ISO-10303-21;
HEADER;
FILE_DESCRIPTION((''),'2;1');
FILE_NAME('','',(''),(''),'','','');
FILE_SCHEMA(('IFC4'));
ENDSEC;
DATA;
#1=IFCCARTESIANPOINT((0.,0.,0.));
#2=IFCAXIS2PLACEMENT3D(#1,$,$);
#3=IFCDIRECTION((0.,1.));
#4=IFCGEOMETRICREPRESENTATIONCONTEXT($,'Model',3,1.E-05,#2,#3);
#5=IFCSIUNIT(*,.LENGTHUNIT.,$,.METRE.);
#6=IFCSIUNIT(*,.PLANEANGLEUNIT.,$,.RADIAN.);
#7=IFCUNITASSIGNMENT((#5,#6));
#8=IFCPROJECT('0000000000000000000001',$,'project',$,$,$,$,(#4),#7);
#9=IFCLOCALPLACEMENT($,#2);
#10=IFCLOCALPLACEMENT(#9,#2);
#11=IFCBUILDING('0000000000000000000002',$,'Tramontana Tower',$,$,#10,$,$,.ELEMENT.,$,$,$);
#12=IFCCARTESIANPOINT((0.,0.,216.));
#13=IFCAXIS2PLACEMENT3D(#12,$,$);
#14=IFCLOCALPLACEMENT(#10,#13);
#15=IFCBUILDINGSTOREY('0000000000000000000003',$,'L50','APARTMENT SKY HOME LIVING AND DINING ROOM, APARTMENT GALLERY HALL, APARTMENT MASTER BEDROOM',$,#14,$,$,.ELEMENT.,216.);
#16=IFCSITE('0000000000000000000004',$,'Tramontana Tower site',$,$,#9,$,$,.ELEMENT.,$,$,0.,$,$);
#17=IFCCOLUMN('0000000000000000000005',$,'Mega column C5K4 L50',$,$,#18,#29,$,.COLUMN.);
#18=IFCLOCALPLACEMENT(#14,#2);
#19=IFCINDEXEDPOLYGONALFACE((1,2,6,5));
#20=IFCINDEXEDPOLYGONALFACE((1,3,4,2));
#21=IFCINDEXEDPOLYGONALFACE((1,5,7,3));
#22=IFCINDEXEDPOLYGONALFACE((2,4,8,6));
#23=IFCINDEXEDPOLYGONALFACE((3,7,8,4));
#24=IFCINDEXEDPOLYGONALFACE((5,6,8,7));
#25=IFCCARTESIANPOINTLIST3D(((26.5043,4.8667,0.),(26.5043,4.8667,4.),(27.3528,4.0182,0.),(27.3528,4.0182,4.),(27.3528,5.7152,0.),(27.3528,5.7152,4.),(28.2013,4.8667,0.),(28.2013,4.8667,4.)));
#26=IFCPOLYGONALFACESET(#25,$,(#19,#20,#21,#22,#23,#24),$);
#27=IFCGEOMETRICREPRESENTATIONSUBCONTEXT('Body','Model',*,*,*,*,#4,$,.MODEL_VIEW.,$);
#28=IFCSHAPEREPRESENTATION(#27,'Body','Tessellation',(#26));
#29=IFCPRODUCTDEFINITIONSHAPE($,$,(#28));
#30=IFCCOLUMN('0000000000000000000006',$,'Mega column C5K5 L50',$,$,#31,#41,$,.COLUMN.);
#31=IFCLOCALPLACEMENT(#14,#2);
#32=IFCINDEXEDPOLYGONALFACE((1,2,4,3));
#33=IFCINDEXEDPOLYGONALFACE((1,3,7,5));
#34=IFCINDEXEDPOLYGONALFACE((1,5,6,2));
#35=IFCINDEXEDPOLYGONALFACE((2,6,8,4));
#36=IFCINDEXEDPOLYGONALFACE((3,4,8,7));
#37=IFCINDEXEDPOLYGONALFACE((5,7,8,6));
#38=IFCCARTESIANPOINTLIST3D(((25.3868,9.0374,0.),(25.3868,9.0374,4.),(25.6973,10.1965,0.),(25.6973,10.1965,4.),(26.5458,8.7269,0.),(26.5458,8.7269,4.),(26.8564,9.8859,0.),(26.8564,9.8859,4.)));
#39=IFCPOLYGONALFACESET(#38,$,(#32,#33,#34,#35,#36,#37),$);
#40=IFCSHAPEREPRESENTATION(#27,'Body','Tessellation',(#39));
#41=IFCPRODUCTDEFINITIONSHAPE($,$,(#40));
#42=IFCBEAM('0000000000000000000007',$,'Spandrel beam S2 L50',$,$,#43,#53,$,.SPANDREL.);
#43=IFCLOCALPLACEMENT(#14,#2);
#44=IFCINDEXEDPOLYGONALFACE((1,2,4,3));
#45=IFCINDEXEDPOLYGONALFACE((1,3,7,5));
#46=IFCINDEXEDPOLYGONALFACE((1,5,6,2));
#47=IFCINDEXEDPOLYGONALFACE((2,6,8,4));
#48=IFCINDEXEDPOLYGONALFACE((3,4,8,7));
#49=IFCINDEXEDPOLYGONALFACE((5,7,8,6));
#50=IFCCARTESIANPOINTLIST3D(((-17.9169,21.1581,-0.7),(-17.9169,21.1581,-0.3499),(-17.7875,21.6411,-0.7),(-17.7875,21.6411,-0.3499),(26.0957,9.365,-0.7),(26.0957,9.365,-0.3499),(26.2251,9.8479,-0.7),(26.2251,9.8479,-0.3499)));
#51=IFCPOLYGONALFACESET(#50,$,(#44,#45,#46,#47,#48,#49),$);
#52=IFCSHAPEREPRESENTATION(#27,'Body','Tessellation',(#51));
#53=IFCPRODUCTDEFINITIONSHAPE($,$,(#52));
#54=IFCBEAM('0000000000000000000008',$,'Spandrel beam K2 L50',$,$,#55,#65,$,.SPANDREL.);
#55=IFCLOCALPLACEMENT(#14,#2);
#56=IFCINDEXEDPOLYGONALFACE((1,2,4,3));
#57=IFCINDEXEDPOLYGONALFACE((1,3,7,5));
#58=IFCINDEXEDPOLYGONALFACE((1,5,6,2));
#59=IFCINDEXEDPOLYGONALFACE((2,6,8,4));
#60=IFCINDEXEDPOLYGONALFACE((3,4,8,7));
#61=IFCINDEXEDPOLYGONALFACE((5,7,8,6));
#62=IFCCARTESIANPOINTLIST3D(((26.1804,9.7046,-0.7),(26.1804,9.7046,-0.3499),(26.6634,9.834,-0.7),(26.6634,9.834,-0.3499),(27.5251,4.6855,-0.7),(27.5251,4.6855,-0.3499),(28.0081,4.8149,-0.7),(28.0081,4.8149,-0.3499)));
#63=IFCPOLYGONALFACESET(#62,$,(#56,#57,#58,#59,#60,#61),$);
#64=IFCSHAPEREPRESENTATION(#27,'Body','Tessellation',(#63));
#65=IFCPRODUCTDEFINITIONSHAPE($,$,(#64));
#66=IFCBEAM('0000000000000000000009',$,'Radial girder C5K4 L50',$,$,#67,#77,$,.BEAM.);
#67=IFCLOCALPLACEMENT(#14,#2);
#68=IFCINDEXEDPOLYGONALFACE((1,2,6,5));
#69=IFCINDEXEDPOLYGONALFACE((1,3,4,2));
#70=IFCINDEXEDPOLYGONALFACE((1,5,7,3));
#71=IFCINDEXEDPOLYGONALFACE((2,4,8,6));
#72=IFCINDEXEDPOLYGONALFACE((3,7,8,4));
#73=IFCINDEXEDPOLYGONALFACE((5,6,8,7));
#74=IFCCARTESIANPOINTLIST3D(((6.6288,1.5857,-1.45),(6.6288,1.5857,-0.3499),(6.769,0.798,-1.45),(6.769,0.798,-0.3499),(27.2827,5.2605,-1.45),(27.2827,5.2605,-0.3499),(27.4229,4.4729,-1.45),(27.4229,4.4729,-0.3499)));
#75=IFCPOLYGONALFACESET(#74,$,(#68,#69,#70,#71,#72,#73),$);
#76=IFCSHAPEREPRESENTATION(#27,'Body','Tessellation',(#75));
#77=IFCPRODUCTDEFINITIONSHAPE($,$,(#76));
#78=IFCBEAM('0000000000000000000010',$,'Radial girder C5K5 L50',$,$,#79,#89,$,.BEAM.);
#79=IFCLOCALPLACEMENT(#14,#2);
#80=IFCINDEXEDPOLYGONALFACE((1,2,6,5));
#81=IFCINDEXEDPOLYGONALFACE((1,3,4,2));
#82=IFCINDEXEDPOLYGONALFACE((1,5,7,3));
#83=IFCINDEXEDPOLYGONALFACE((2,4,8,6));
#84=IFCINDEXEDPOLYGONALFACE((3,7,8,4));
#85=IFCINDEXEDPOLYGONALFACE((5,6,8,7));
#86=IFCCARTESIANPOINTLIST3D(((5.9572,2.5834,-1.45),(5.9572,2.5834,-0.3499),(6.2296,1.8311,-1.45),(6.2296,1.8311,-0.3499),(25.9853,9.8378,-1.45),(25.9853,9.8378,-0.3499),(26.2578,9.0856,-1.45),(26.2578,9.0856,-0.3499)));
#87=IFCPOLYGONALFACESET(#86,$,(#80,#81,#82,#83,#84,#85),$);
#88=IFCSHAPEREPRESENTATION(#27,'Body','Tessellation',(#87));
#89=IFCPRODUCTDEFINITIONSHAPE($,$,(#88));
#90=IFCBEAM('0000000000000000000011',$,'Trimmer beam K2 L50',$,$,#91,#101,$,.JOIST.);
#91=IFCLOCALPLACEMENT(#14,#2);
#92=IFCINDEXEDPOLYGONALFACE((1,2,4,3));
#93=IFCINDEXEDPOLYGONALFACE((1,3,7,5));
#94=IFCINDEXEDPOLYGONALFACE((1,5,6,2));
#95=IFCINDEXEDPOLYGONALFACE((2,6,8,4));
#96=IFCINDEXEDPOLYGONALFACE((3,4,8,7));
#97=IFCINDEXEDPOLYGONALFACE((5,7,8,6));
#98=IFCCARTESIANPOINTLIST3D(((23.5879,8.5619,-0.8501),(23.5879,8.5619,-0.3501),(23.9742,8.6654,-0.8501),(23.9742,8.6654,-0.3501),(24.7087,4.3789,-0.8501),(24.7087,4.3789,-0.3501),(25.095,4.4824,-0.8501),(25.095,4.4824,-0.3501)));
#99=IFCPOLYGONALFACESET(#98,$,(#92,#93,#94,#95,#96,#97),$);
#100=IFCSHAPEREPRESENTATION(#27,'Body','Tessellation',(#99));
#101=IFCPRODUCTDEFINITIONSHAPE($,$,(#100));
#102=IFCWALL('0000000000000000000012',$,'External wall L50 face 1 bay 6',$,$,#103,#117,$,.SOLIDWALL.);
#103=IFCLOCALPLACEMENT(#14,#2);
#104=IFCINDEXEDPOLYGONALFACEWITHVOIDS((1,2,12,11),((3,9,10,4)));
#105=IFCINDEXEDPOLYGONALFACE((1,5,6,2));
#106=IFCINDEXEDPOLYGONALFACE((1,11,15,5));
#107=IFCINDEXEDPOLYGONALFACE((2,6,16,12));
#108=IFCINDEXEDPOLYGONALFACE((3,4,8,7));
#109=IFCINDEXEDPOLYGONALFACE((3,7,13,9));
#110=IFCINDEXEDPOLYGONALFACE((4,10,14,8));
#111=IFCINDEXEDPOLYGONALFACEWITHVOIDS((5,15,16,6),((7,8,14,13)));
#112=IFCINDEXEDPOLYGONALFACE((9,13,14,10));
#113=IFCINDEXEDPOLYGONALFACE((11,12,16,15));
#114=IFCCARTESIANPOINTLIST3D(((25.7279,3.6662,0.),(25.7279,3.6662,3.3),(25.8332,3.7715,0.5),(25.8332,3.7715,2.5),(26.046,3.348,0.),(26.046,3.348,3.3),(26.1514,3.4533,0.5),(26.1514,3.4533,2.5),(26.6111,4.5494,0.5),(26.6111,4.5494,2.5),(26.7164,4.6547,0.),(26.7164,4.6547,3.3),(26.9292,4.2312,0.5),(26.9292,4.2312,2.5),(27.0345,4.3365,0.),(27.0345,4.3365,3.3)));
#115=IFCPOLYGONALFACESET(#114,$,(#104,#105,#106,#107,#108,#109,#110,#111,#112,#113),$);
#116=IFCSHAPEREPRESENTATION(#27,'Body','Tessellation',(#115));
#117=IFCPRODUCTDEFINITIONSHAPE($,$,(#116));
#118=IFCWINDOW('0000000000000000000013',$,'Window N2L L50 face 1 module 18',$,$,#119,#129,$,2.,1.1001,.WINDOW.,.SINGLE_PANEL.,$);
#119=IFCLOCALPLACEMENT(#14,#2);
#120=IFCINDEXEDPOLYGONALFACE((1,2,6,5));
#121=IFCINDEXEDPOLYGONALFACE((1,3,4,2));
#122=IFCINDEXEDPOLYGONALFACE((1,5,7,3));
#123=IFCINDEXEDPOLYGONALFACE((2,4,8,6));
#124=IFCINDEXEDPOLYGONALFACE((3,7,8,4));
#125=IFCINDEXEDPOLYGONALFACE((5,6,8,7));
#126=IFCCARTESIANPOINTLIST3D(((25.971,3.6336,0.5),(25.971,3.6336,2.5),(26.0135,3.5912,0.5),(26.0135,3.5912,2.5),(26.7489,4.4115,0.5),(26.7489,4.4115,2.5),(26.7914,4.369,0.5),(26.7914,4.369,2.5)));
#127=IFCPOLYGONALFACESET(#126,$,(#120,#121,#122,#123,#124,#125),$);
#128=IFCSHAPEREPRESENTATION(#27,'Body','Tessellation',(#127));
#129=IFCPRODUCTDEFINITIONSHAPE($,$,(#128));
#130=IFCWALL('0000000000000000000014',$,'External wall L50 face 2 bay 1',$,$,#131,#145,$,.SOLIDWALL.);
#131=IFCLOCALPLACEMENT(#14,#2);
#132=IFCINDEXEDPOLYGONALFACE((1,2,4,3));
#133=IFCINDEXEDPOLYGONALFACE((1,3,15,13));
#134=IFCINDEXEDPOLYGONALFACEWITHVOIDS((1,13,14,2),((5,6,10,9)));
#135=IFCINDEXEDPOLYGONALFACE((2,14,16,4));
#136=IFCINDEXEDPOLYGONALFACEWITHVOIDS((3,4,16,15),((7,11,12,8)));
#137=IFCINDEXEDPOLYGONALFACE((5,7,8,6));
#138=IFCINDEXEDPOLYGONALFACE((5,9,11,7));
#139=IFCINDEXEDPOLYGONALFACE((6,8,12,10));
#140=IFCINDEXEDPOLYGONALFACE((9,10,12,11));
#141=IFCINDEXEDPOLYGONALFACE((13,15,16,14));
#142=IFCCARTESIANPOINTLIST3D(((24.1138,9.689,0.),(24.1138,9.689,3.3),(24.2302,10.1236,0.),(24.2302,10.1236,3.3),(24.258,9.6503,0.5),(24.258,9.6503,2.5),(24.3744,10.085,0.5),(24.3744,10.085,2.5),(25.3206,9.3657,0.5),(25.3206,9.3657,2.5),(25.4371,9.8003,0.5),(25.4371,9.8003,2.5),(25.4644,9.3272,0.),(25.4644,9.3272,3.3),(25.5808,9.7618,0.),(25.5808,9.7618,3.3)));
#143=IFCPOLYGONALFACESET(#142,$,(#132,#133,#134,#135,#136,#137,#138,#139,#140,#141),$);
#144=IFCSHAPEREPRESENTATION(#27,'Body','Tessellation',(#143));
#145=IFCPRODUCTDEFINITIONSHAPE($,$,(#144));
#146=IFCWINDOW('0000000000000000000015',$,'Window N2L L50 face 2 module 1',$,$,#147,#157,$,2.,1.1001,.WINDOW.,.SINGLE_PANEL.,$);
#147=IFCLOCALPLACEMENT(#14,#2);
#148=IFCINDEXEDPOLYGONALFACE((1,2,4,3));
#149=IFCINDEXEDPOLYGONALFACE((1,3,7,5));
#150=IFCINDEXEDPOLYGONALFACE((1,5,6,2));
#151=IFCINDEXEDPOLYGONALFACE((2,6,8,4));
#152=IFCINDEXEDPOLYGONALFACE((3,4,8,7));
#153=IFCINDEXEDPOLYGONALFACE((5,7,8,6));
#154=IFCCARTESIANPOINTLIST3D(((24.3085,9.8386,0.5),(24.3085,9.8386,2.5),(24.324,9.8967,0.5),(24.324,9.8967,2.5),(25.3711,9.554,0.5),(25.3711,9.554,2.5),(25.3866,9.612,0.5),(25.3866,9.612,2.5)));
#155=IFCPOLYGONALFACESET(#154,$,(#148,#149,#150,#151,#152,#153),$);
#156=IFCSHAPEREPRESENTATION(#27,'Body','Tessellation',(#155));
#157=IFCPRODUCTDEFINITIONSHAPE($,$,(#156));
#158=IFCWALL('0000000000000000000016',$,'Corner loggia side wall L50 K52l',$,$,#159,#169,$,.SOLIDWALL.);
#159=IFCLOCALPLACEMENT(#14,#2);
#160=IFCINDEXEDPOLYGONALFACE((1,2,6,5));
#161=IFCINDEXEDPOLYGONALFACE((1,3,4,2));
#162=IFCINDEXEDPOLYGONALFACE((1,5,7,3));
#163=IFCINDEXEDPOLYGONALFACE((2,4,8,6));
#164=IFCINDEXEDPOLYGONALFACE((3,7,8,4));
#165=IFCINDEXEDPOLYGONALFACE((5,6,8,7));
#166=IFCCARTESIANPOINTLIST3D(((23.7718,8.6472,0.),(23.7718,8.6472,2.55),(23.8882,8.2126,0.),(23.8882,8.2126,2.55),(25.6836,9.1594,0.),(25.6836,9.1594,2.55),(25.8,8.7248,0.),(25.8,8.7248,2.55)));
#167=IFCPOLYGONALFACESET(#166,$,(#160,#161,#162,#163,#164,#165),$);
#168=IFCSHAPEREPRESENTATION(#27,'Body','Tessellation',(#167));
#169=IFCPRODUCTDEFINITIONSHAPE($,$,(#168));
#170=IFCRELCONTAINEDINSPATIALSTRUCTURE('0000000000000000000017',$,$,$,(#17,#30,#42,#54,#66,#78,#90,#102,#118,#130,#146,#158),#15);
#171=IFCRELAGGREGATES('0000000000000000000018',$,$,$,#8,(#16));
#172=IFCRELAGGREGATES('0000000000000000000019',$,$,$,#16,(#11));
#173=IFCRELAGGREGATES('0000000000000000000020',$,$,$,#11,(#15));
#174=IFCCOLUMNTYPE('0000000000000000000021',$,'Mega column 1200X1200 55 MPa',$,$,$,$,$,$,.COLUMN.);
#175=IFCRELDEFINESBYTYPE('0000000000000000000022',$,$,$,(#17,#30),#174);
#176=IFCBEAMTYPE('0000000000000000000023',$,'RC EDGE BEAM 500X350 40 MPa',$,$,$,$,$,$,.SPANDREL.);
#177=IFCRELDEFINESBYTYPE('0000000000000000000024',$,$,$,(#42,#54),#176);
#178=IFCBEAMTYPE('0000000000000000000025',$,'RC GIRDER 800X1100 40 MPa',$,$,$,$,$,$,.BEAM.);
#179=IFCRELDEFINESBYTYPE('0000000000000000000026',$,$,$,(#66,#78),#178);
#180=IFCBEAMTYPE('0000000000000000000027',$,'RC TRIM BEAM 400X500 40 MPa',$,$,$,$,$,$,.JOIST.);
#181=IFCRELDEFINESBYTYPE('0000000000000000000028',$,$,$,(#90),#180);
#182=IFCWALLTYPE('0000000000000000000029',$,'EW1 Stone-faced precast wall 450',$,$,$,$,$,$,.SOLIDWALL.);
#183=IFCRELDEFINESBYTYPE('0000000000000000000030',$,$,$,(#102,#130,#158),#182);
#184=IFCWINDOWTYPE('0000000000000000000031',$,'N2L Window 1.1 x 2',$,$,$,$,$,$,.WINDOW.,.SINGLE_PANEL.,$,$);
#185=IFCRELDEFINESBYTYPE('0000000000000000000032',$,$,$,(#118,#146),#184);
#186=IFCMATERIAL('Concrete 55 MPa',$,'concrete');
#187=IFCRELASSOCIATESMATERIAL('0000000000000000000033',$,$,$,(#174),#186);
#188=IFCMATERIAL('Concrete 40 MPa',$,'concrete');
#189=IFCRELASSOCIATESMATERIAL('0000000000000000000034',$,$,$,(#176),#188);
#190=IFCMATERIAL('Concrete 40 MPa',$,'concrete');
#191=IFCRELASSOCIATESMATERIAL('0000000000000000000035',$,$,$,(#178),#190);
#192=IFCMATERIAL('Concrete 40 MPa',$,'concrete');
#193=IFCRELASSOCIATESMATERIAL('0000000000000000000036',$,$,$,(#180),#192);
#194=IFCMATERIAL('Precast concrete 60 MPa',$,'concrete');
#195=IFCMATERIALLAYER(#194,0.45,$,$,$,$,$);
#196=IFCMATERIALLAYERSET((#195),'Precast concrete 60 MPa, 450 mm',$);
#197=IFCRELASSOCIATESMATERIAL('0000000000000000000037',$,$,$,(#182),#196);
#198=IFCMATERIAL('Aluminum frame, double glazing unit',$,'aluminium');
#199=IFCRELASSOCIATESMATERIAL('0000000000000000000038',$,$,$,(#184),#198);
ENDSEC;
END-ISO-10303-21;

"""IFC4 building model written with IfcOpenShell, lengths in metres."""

from ifc_helpers import new_model, si_unit, direction, frame, frame_2d, origin, origin_2d, place, context, subcontext, project, spatial, rectangle, extrude, material, layer, layer_set, material_profile, profile_set, type_object, element, fill, save


model = new_model("IFC4")

# Units and contexts
model_context = context("Model", 3, precision=1e-05, world=origin(), true_north=direction((0.0, 1.0)))
body_context = subcontext(model_context, "Body", "Model", "MODEL_VIEW")
ifc_project = project(units=[si_unit("LENGTHUNIT", "METRE"), si_unit("PLANEANGLEUNIT", "RADIAN")], contexts=[model_context])

# Site, building, storey
site_placement = place(None, origin())
site = spatial("IfcSite", under=ifc_project, at=site_placement, Name="Tramontana Tower site", CompositionType="ELEMENT", RefElevation=0.0)
building_placement = place(site_placement, origin())
building = spatial("IfcBuilding", under=site, at=building_placement, Name="Tramontana Tower", CompositionType="ELEMENT")
storey_placement = place(building_placement, frame((0.0, 0.0, 216.0)))
storey = spatial("IfcBuildingStorey", under=building, at=storey_placement, Name="L50", Description="APARTMENT SKY HOME LIVING AND DINING ROOM, APARTMENT GALLERY HALL, APARTMENT MASTER BEDROOM", CompositionType="ELEMENT", Elevation=216.0)

# Columns
ifc_material_1 = material(Name="Concrete 55 MPa", Category="concrete")
ifc_material_profile_1 = material_profile(ifc_material_1, rectangle(XDim=1.2, YDim=1.2, at=origin_2d()), Name="Mega column 1200X1200 55 MPa")
ifc_profile_set_1 = profile_set([ifc_material_profile_1], Name="Concrete 55 MPa")
column_type = type_object("IfcColumnType", Name="Mega column 1200X1200 55 MPa", PredefinedType="COLUMN", material=ifc_profile_set_1)
for number, where, z_axis, x_axis, name in (
    (1, (27.3528, 4.8667, 0.0), (0.0, 0.0, 1.0), (0.707107, 0.707107, 0.0), "Mega column C5K4 L50"),
    (2, (26.1216, 9.4617, 0.0), (0.0, 0.0, 1.0), (-0.965926, 0.258819, 0.0), "Mega column C5K5 L50"),
):
    element("IfcColumn", number, at=place(storey_placement, frame(where, z_axis=z_axis, x_axis=x_axis)), inside=storey, type_object=column_type, Name=name, PredefinedType="COLUMN", context=body_context, shape_type="SweptSolid", body=[
        extrude(rectangle(XDim=1.2, YDim=1.2, at=origin_2d()), origin(), (0.0, 0.0, 1.0), 4.0),
    ])

# Beams
ifc_material_2 = material(Name="Concrete 40 MPa", Category="concrete")
ifc_material_profile_2 = material_profile(ifc_material_2, rectangle(XDim=0.5, YDim=0.3501, at=origin_2d()), Name="RC EDGE BEAM 500X350 40 MPa")
ifc_profile_set_2 = profile_set([ifc_material_profile_2], Name="Concrete 40 MPa")
beam_type_1 = type_object("IfcBeamType", Name="RC EDGE BEAM 500X350 40 MPa", PredefinedType="SPANDREL", material=ifc_profile_set_2)
beam_1_placement = place(storey_placement, frame((26.1604, 9.6064, -0.5249), z_axis=(-0.965926, 0.25882, 0.0), x_axis=(-0.25882, -0.965926, 0.0)))
element("IfcBeam", 3, at=beam_1_placement, inside=storey, type_object=beam_type_1, Name="Spandrel beam S2 L50", PredefinedType="SPANDREL", context=body_context, shape_type="SweptSolid", body=[
    extrude(rectangle(XDim=0.5, YDim=0.3501, at=origin_2d()), origin(), (0.0, 0.0, 1.0), 45.5652),
])
beam_2_placement = place(storey_placement, frame((27.7666, 4.7502, -0.5249), z_axis=(-0.258797, 0.965932, 0.0), x_axis=(-0.965932, -0.258797, 0.0)))
element("IfcBeam", 4, at=beam_2_placement, inside=storey, type_object=beam_type_1, Name="Spandrel beam K2 L50", PredefinedType="SPANDREL", context=body_context, shape_type="SweptSolid", body=[
    extrude(rectangle(XDim=0.5, YDim=0.3501, at=origin_2d()), origin(), (0.0, 0.0, 1.0), 5.196),
])
ifc_material_3 = material(Name="Concrete 40 MPa", Category="concrete")
ifc_material_profile_3 = material_profile(ifc_material_3, rectangle(XDim=0.8, YDim=1.1001, at=origin_2d()), Name="RC GIRDER 800X1100 40 MPa")
ifc_profile_set_3 = profile_set([ifc_material_profile_3], Name="Concrete 40 MPa")
beam_type_2 = type_object("IfcBeamType", Name="RC GIRDER 800X1100 40 MPa", PredefinedType="BEAM", material=ifc_profile_set_3)
beam_3_placement = place(storey_placement, frame((27.3528, 4.8667, -0.8999), z_axis=(-0.984538, -0.175173, 0.0), x_axis=(0.175173, -0.984538, 0.0)))
element("IfcBeam", 5, at=beam_3_placement, inside=storey, type_object=beam_type_2, Name="Radial girder C5K4 L50", PredefinedType="BEAM", context=body_context, shape_type="SweptSolid", body=[
    extrude(rectangle(XDim=0.8, YDim=1.1001, at=origin_2d()), origin(), (0.0, 0.0, 1.0), 20.9783),
])
beam_4_placement = place(storey_placement, frame((26.1216, 9.4617, -0.8999), z_axis=(-0.940223, -0.340559, 0.0), x_axis=(0.340559, -0.940223, 0.0)))
element("IfcBeam", 6, at=beam_4_placement, inside=storey, type_object=beam_type_2, Name="Radial girder C5K5 L50", PredefinedType="BEAM", context=body_context, shape_type="SweptSolid", body=[
    extrude(rectangle(XDim=0.8, YDim=1.1001, at=origin_2d()), origin(), (0.0, 0.0, 1.0), 21.3015),
])
ifc_material_4 = material(Name="Concrete 40 MPa", Category="concrete")
ifc_material_profile_4 = material_profile(ifc_material_4, rectangle(XDim=0.3999, YDim=0.5, at=origin_2d()), Name="RC TRIM BEAM 400X500 40 MPa")
ifc_profile_set_4 = profile_set([ifc_material_profile_4], Name="Concrete 40 MPa")
beam_type_3 = type_object("IfcBeamType", Name="RC TRIM BEAM 400X500 40 MPa", PredefinedType="JOIST", material=ifc_profile_set_4)
beam_5_placement = place(storey_placement, frame((24.9019, 4.4307, -0.6001), z_axis=(-0.258817, 0.965926, 0.0), x_axis=(-0.965926, -0.258817, 0.0)))
element("IfcBeam", 7, at=beam_5_placement, inside=storey, type_object=beam_type_3, Name="Trimmer beam K2 L50", PredefinedType="JOIST", context=body_context, shape_type="SweptSolid", body=[
    extrude(rectangle(XDim=0.3999, YDim=0.5, at=origin_2d()), origin(), (0.0, 0.0, 1.0), 4.3306),
])

# Walls, openings, windows
ifc_material_5 = material(Name="Precast concrete 60 MPa", Category="concrete")
ifc_layer_1 = layer(ifc_material_5, 0.45)
ifc_layer_set_1 = layer_set([ifc_layer_1], Name="Precast concrete 60 MPa, 450 mm")
wall_type_1 = type_object("IfcWallType", Name="EW1 Stone-faced precast wall 450", PredefinedType="SOLIDWALL", material=ifc_layer_set_1)
wall_1_placement = place(storey_placement, frame((25.887, 3.5071, 0.0), z_axis=(0.0, 0.0, 1.0), x_axis=(0.707107, 0.707107, 0.0)))
wall_1 = element("IfcWall", 8, at=wall_1_placement, inside=storey, type_object=wall_type_1, Name="External wall L50 face 1 bay 6", PredefinedType="SOLIDWALL", context=body_context, shape_type="SweptSolid", body=[
    extrude(rectangle(XDim=1.3979, YDim=0.45, at=frame_2d((0.699, 0.0))), origin(), (0.0, 0.0, 1.0), 3.3),
])
opening_1_placement = place(wall_1_placement, frame((0.1489, 0.0, 0.5)))
opening_1 = element("IfcOpeningElement", 9, at=opening_1_placement, cuts=wall_1, PredefinedType="OPENING", context=body_context, shape_type="SweptSolid", body=[
    extrude(rectangle(XDim=1.1001, YDim=2.0, at=frame_2d((0.55, 1.0))), frame((0.0, 0.2349, 0.0), z_axis=(0.0, -1.0, 0.0), x_axis=(1.0, 0.0, 0.0)), (0.0, 0.0, 1.0), 0.47),
])
ifc_material_6 = material(Name="Aluminum frame, double glazing unit", Category="aluminium")
window_type = type_object("IfcWindowType", Name="N2L Window 1.1 x 2", PartitioningType="SINGLE_PANEL", PredefinedType="WINDOW", material=ifc_material_6)
window_1_placement = place(opening_1_placement, origin())
window_1 = element("IfcWindow", 10, at=window_1_placement, inside=storey, type_object=window_type, Name="Window N2L L50 face 1 module 18", OverallHeight=2.0, OverallWidth=1.1001, PartitioningType="SINGLE_PANEL", PredefinedType="WINDOW", context=body_context, shape_type="SweptSolid", body=[
    extrude(rectangle(XDim=1.1001, YDim=2.0, at=frame_2d((0.55, 1.0))), frame((0.0, 0.03, 0.0), z_axis=(0.0, -1.0, 0.0), x_axis=(1.0, 0.0, 0.0)), (0.0, 0.0, 1.0), 0.0601),
])
fill(opening_1, window_1)
wall_2_placement = place(storey_placement, frame((25.5227, 9.5444, 0.0), z_axis=(0.0, 0.0, 1.0), x_axis=(-0.965939, 0.258771, 0.0)))
wall_2 = element("IfcWall", 11, at=wall_2_placement, inside=storey, type_object=wall_type_1, Name="External wall L50 face 2 bay 1", PredefinedType="SOLIDWALL", context=body_context, shape_type="SweptSolid", body=[
    extrude(rectangle(XDim=1.3982, YDim=0.45, at=frame_2d((0.6992, 0.0))), origin(), (0.0, 0.0, 1.0), 3.3),
])
opening_2_placement = place(wall_2_placement, frame((0.1489, 0.0, 0.5)))
opening_2 = element("IfcOpeningElement", 12, at=opening_2_placement, cuts=wall_2, PredefinedType="OPENING", context=body_context, shape_type="SweptSolid", body=[
    extrude(rectangle(XDim=1.1001, YDim=2.0, at=frame_2d((0.55, 1.0))), frame((0.0, 0.2349, 0.0), z_axis=(0.0, -1.0, 0.0), x_axis=(1.0, 0.0, 0.0)), (0.0, 0.0, 1.0), 0.47),
])
window_2_placement = place(opening_2_placement, origin())
window_2 = element("IfcWindow", 13, at=window_2_placement, inside=storey, type_object=window_type, Name="Window N2L L50 face 2 module 1", OverallHeight=2.0, OverallWidth=1.1001, PartitioningType="SINGLE_PANEL", PredefinedType="WINDOW", context=body_context, shape_type="SweptSolid", body=[
    extrude(rectangle(XDim=1.1001, YDim=2.0, at=frame_2d((0.55, 1.0))), frame((0.0, 0.03, 0.0), z_axis=(0.0, -1.0, 0.0), x_axis=(1.0, 0.0, 0.0)), (0.0, 0.0, 1.0), 0.0601),
])
fill(opening_2, window_2)

# Wall
wall_3_placement = place(storey_placement, frame((25.7419, 8.9421, 0.0), z_axis=(0.0, 0.0, 1.0), x_axis=(-0.965935, -0.258783, 0.0)))
element("IfcWall", 14, at=wall_3_placement, inside=storey, type_object=wall_type_1, Name="Corner loggia side wall L50 K52l", PredefinedType="SOLIDWALL", context=body_context, shape_type="SweptSolid", body=[
    extrude(rectangle(XDim=1.9792, YDim=0.45, at=frame_2d((0.9897, 0.0))), origin(), (0.0, 0.0, 1.0), 2.55),
])

save(model, "model.ifc")
